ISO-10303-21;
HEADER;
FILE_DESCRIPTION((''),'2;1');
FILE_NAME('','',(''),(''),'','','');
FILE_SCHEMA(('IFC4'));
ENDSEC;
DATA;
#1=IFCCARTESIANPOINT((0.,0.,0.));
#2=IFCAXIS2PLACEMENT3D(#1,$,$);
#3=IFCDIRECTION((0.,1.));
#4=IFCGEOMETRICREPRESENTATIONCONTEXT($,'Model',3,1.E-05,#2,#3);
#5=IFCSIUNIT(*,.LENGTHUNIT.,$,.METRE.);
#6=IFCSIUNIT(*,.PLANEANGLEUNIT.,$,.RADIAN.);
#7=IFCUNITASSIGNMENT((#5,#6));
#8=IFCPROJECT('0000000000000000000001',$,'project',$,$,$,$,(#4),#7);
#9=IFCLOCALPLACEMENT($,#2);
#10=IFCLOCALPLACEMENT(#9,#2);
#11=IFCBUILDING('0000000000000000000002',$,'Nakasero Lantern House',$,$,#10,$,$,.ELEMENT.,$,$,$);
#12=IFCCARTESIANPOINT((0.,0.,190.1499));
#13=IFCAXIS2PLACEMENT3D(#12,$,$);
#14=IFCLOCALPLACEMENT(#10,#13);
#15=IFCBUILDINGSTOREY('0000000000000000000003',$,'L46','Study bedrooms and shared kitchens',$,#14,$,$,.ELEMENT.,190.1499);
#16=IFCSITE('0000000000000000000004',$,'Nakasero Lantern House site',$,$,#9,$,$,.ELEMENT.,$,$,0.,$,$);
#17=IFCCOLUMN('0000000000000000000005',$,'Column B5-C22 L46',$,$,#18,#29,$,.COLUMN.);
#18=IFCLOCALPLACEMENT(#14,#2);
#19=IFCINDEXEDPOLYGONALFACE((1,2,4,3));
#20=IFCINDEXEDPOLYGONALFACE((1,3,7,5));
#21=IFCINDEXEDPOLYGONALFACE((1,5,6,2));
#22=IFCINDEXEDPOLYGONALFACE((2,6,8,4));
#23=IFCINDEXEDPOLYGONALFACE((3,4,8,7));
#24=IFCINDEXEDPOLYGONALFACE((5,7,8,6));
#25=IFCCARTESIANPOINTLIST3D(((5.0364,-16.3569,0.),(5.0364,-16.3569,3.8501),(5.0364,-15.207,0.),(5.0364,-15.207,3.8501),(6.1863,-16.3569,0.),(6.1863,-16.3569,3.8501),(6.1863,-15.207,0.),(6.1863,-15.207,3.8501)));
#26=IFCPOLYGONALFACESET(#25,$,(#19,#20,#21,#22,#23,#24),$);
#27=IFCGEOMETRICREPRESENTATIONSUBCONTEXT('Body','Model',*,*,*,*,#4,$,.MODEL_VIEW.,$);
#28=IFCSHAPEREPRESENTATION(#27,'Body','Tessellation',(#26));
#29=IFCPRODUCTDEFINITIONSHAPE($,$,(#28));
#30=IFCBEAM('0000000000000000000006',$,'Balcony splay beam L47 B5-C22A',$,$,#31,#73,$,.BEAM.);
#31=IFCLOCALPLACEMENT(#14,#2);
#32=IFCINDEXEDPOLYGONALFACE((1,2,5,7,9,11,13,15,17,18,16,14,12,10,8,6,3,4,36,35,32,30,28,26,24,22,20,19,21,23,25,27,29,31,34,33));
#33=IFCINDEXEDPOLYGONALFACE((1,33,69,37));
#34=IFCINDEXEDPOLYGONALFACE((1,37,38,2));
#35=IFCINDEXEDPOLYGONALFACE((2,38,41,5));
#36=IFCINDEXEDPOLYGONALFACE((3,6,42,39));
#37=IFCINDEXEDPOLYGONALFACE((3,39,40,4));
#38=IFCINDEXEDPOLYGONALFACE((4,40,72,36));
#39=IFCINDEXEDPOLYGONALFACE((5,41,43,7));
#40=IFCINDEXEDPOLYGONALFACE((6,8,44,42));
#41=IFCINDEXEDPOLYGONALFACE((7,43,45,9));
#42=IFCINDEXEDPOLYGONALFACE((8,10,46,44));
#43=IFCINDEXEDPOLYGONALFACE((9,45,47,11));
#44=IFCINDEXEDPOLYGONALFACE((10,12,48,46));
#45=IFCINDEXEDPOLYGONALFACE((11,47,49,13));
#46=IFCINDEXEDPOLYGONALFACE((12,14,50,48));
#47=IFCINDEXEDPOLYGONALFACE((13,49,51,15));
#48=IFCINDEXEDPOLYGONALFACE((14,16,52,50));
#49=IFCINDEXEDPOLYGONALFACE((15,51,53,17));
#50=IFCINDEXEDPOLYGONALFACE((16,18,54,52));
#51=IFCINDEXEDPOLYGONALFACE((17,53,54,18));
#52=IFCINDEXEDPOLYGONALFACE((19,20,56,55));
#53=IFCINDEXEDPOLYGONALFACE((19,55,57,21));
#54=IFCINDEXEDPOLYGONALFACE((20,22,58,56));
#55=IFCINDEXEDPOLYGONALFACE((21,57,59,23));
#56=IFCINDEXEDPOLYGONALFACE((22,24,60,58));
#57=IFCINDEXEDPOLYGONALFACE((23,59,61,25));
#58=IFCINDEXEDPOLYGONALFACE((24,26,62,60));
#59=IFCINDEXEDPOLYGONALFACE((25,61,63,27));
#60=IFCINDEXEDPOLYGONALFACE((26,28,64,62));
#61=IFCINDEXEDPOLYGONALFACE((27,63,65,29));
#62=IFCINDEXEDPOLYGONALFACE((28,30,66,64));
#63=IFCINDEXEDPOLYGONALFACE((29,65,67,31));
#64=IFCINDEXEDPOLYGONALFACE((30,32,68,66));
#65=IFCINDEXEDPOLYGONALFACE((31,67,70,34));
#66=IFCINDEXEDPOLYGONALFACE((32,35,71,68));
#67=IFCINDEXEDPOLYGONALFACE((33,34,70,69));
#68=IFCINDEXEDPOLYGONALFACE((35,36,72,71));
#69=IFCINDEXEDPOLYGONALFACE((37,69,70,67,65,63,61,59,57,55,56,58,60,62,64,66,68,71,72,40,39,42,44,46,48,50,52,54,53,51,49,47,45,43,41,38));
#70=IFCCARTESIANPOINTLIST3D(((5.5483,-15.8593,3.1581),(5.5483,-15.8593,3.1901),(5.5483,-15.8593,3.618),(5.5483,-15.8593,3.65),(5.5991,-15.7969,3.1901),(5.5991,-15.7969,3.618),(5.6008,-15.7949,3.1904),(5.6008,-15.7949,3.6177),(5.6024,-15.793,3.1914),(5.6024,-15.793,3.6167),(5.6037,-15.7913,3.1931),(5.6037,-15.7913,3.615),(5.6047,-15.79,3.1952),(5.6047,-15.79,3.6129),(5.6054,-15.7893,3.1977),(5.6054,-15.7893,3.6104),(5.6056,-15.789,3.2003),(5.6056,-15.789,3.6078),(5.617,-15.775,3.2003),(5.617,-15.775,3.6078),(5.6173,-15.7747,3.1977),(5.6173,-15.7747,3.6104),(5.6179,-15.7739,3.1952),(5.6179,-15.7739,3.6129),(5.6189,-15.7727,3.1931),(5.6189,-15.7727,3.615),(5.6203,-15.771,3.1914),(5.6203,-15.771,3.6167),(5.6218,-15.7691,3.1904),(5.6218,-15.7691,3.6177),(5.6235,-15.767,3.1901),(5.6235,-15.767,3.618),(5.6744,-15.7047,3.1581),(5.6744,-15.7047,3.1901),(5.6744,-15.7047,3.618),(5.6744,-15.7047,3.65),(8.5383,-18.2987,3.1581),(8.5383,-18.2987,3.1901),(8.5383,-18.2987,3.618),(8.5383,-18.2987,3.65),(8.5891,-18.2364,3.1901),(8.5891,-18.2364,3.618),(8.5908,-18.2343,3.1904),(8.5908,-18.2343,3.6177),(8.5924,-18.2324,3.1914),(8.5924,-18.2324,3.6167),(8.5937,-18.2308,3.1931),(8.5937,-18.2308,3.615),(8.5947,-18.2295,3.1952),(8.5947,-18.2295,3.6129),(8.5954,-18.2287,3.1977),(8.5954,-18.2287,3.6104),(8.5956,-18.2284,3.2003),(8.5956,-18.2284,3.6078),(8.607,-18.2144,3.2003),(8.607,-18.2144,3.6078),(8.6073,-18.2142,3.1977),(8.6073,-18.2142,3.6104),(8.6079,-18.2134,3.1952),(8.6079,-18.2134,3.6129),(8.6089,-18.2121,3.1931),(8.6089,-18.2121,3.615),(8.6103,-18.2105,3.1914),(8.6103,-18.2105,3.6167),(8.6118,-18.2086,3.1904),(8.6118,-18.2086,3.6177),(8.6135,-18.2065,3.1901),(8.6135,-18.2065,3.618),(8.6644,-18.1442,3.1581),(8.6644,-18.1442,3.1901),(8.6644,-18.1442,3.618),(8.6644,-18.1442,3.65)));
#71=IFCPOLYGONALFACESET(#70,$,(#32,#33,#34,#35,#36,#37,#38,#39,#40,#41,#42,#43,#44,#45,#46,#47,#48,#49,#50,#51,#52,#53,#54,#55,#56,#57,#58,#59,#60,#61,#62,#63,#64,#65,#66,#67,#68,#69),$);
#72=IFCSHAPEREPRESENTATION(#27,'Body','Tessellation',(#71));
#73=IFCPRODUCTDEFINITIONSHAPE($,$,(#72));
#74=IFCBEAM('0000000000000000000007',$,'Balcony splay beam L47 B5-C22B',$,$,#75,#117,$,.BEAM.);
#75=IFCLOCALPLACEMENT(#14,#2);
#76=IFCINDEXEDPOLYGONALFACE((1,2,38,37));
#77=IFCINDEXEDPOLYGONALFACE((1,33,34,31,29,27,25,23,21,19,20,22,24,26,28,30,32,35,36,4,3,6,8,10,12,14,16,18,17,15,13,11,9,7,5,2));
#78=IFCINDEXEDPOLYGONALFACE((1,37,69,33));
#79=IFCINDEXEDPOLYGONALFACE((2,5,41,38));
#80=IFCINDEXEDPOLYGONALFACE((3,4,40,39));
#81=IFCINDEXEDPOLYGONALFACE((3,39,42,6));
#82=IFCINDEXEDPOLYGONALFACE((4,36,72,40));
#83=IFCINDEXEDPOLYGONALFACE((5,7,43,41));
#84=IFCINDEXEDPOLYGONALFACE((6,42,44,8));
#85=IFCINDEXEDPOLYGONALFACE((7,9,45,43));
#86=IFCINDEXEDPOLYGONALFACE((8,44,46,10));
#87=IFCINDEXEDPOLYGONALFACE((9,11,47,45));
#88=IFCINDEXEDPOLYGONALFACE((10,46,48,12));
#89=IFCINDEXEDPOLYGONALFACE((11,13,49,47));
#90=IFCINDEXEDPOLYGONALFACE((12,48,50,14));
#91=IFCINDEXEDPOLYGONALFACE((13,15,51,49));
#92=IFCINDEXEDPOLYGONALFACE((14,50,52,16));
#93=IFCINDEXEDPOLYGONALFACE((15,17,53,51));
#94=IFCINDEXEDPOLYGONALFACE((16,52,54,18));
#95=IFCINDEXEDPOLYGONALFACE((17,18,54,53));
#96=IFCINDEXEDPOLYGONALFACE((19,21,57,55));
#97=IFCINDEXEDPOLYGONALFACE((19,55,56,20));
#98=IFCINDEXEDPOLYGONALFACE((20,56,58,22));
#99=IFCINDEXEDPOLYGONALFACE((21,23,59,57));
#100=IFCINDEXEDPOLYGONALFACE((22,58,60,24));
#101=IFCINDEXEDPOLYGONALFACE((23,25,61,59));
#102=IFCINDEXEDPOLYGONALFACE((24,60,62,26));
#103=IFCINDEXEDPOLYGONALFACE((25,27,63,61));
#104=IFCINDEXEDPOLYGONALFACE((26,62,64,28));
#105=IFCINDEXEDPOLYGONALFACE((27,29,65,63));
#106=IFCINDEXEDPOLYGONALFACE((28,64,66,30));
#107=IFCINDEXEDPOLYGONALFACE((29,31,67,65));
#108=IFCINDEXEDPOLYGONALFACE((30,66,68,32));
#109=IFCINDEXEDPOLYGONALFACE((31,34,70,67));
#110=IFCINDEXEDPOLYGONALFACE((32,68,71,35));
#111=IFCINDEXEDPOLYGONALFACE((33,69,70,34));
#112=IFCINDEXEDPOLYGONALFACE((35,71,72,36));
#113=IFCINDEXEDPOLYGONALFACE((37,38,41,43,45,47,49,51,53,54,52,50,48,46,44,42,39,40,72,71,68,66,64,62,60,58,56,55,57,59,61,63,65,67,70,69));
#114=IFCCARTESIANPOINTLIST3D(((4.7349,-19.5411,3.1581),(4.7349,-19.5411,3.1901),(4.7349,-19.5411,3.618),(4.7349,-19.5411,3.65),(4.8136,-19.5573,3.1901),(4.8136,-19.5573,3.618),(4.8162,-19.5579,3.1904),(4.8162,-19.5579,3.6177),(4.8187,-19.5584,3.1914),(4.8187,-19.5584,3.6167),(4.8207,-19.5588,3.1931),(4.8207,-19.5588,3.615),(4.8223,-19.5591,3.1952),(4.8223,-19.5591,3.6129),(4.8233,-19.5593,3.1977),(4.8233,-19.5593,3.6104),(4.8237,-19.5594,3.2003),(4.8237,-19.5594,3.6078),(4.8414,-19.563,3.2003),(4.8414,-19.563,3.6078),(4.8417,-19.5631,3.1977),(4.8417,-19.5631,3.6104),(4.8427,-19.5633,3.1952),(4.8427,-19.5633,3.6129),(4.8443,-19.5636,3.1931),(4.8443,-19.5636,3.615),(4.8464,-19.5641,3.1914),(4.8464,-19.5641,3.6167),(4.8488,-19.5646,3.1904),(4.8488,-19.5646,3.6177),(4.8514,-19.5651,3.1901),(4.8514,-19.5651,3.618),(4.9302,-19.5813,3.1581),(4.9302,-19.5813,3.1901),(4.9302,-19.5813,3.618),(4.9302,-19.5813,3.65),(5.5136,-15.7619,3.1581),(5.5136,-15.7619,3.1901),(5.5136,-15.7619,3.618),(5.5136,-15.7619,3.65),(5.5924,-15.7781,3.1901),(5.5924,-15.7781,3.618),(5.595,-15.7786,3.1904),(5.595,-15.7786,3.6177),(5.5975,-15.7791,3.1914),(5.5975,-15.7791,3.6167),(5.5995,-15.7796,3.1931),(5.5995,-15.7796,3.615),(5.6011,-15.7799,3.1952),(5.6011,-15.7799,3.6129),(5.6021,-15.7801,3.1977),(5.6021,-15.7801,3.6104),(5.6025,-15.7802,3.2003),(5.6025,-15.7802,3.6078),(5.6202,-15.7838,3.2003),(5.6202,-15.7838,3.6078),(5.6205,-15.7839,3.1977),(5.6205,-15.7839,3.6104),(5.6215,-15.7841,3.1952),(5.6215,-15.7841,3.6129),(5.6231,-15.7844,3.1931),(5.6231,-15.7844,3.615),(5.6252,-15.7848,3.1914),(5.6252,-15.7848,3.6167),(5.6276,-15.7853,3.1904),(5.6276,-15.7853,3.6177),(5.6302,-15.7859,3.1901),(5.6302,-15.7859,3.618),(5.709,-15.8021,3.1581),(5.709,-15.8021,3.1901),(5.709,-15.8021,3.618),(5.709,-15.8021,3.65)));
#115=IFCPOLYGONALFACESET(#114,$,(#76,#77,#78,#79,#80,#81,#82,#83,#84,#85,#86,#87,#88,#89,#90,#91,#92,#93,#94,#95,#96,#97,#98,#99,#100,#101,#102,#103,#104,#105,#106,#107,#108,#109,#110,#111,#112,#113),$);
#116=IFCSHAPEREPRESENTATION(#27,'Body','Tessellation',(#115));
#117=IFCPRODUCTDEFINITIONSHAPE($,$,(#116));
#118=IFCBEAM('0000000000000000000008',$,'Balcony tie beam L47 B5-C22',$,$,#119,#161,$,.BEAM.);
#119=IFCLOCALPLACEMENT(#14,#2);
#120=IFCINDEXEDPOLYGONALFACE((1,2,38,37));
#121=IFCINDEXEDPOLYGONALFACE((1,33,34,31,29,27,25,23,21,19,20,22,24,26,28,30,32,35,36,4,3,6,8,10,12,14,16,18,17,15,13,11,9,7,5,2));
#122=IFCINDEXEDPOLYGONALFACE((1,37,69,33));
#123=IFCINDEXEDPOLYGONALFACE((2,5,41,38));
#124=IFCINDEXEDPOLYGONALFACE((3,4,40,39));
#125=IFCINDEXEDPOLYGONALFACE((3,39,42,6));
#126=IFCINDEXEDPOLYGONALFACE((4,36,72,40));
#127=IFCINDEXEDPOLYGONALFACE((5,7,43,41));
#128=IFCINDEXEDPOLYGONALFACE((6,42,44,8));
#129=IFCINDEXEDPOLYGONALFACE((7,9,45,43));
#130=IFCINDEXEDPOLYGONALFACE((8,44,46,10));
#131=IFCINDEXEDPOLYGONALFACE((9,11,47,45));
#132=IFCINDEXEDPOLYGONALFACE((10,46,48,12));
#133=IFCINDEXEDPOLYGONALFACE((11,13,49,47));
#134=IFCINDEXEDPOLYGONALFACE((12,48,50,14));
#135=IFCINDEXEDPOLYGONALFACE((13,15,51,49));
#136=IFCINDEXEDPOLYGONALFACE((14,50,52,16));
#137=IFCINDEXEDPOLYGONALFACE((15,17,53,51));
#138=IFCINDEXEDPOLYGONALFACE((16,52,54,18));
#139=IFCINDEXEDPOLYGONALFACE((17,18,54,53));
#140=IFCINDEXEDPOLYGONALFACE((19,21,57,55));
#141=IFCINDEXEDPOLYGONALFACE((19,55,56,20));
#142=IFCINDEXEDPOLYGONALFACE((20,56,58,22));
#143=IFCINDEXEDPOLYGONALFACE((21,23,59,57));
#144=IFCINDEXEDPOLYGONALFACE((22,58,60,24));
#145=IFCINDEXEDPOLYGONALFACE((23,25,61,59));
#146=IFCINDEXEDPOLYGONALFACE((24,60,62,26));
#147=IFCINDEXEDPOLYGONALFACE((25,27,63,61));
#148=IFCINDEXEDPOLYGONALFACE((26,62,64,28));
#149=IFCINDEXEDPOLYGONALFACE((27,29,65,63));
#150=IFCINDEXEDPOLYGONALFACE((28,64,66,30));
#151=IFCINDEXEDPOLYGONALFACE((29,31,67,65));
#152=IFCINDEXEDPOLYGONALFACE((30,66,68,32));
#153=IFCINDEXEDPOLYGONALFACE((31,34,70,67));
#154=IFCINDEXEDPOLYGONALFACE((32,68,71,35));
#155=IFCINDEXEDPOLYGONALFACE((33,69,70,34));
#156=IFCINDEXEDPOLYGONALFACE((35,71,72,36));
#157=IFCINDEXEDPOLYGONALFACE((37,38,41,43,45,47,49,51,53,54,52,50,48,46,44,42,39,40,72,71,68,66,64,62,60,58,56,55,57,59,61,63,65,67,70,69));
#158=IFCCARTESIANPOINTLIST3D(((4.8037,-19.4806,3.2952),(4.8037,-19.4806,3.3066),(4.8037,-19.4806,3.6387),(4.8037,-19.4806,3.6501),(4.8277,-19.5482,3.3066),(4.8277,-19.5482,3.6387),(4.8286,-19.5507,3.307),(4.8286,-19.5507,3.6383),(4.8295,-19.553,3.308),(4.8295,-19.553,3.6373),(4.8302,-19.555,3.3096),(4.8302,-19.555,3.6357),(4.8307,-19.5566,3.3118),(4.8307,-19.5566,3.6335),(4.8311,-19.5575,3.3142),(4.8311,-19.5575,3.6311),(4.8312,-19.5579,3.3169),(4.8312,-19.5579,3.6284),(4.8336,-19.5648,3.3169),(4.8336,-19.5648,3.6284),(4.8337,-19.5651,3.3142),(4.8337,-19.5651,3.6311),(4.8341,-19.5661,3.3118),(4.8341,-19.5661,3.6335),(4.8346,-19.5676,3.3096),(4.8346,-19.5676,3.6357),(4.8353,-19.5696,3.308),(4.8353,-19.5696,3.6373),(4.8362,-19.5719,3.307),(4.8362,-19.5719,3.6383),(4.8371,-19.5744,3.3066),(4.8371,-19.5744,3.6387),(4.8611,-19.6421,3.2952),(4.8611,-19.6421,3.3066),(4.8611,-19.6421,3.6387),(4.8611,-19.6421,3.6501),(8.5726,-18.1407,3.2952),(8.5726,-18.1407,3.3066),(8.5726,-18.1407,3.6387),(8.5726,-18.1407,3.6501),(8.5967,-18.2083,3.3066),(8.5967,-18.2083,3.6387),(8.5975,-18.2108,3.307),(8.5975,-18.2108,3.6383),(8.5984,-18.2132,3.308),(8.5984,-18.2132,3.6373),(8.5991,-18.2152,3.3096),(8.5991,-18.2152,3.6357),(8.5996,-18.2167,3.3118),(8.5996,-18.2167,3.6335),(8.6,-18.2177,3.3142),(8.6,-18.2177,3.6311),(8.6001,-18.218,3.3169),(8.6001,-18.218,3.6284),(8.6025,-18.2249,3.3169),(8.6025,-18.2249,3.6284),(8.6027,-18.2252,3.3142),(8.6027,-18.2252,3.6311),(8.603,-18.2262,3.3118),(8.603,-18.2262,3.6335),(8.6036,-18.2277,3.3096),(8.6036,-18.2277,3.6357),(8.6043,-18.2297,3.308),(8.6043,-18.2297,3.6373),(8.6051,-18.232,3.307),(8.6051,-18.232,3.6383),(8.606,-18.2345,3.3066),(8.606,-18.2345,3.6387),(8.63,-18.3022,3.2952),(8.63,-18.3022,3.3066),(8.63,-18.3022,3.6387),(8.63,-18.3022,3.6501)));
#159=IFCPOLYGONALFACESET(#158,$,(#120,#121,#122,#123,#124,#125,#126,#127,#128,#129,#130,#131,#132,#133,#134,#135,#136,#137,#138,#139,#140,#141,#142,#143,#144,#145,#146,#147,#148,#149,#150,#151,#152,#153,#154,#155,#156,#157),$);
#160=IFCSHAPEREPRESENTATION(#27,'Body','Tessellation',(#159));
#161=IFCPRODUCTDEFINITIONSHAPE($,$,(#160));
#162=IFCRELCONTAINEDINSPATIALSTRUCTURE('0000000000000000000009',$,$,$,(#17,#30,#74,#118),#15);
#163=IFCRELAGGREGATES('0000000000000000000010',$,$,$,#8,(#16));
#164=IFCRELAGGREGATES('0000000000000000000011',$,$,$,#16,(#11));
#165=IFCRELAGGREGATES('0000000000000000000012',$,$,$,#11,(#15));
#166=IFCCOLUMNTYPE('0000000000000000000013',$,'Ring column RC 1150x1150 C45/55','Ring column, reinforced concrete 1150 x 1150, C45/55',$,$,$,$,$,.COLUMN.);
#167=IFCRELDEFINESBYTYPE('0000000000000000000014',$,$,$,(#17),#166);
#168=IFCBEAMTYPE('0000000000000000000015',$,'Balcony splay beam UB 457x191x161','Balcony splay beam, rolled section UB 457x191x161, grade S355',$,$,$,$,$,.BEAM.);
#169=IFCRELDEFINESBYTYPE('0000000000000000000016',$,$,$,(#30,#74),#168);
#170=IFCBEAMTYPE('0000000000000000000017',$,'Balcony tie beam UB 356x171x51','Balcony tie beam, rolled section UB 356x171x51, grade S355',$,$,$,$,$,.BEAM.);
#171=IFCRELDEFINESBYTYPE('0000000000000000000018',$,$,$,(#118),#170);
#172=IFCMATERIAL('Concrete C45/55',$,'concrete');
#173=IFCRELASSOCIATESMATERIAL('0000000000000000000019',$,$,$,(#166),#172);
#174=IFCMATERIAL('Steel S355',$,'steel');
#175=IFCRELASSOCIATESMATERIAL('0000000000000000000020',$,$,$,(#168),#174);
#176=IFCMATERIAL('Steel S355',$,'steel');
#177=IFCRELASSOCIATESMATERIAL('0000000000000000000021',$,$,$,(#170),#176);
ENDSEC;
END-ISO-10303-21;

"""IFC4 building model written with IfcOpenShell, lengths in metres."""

from ifc_helpers import new_model, si_unit, direction, frame, origin, origin_2d, place, context, subcontext, project, spatial, rectangle, i_section, extrude, material, material_profile, profile_set, type_object, element, save


model = new_model("IFC4")

# Units and contexts
model_context = context("Model", 3, precision=1e-05, world=origin(), true_north=direction((0.0, 1.0)))
body_context = subcontext(model_context, "Body", "Model", "MODEL_VIEW")
ifc_project = project(units=[si_unit("LENGTHUNIT", "METRE"), si_unit("PLANEANGLEUNIT", "RADIAN")], contexts=[model_context])

# Site, building, storey
site_placement = place(None, origin())
site = spatial("IfcSite", under=ifc_project, at=site_placement, Name="Nakasero Lantern House site", CompositionType="ELEMENT", RefElevation=0.0)
building_placement = place(site_placement, origin())
building = spatial("IfcBuilding", under=site, at=building_placement, Name="Nakasero Lantern House", CompositionType="ELEMENT")
storey_placement = place(building_placement, frame((0.0, 0.0, 190.1499)))
storey = spatial("IfcBuildingStorey", under=building, at=storey_placement, Name="L46", Description="Study bedrooms and shared kitchens", CompositionType="ELEMENT", Elevation=190.1499)

# Column
ifc_material_1 = material(Name="Concrete C45/55", Category="concrete")
ifc_material_profile_1 = material_profile(ifc_material_1, rectangle(XDim=1.1499, YDim=1.1499, at=origin_2d()), Name="RC 1150x1150")
ifc_profile_set_1 = profile_set([ifc_material_profile_1], Name="Concrete C45/55")
column_type = type_object("IfcColumnType", Name="Ring column RC 1150x1150 C45/55", Description="Ring column, reinforced concrete 1150 x 1150, C45/55", PredefinedType="COLUMN", material=ifc_profile_set_1)
column_placement = place(storey_placement, frame((5.6113, -15.782, 0.0), z_axis=(0.0, 0.0, 1.0), x_axis=(1.0, 0.0, 0.0)))
element("IfcColumn", 1, at=column_placement, inside=storey, type_object=column_type, Name="Column B5-C22 L46", PredefinedType="COLUMN", context=body_context, shape_type="SweptSolid", body=[
    extrude(rectangle(XDim=1.1499, YDim=1.1499, at=origin_2d()), origin(), (0.0, 0.0, 1.0), 3.8501),
])

# Beams
ifc_material_2 = material(Name="Steel S355", Category="steel")
ifc_material_profile_2 = material_profile(ifc_material_2, i_section(OverallWidth=0.1995, OverallDepth=0.4919, WebThickness=0.0181, FlangeThickness=0.032, FilletRadius=0.0103, at=origin_2d()), Name="UB 457x191x161")
ifc_profile_set_2 = profile_set([ifc_material_profile_2], Name="Steel S355")
beam_type_1 = type_object("IfcBeamType", Name="Balcony splay beam UB 457x191x161", Description="Balcony splay beam, rolled section UB 457x191x161, grade S355", PredefinedType="BEAM", material=ifc_profile_set_2)
beam_1_placement = place(storey_placement, frame((5.6113, -15.782, 3.4041), z_axis=(0.774833, -0.632166, 0.0), x_axis=(0.632166, 0.774833, 0.0)))
element("IfcBeam", 2, at=beam_1_placement, inside=storey, type_object=beam_type_1, Name="Balcony splay beam L47 B5-C22A", PredefinedType="BEAM", context=body_context, shape_type="SweptSolid", body=[
    extrude(i_section(OverallWidth=0.1995, OverallDepth=0.4919, WebThickness=0.0181, FlangeThickness=0.032, FilletRadius=0.0103, at=origin_2d()), origin(), (0.0, 0.0, 1.0), 3.8589),
])
beam_2_placement = place(storey_placement, frame((5.6113, -15.782, 3.4041), z_axis=(-0.201831, -0.97942, 0.0), x_axis=(0.97942, -0.201831, 0.0)))
element("IfcBeam", 3, at=beam_2_placement, inside=storey, type_object=beam_type_1, Name="Balcony splay beam L47 B5-C22B", PredefinedType="BEAM", context=body_context, shape_type="SweptSolid", body=[
    extrude(i_section(OverallWidth=0.1995, OverallDepth=0.4919, WebThickness=0.0181, FlangeThickness=0.032, FilletRadius=0.0103, at=origin_2d()), origin(), (0.0, 0.0, 1.0), 3.8586),
])
ifc_material_3 = material(Name="Steel S355", Category="steel")
ifc_material_profile_3 = material_profile(ifc_material_3, i_section(OverallWidth=0.1714, OverallDepth=0.355, WebThickness=0.0073, FlangeThickness=0.0115, FilletRadius=0.0103, at=origin_2d()), Name="UB 356x171x51")
ifc_profile_set_3 = profile_set([ifc_material_profile_3], Name="Steel S355")
beam_type_2 = type_object("IfcBeamType", Name="Balcony tie beam UB 356x171x51", Description="Balcony tie beam, rolled section UB 356x171x51, grade S355", PredefinedType="BEAM", material=ifc_profile_set_3)
beam_3_placement = place(storey_placement, frame((8.6013, -18.2214, 3.4727), z_axis=(-0.942228, -0.334971, 0.0), x_axis=(0.334971, -0.942228, 0.0)))
element("IfcBeam", 4, at=beam_3_placement, inside=storey, type_object=beam_type_2, Name="Balcony tie beam L47 B5-C22", PredefinedType="BEAM", context=body_context, shape_type="SweptSolid", body=[
    extrude(i_section(OverallWidth=0.1714, OverallDepth=0.355, WebThickness=0.0073, FlangeThickness=0.0115, FilletRadius=0.0103, at=origin_2d()), origin(), (0.0, 0.0, 1.0), 4.0),
])

save(model, "model.ifc")
